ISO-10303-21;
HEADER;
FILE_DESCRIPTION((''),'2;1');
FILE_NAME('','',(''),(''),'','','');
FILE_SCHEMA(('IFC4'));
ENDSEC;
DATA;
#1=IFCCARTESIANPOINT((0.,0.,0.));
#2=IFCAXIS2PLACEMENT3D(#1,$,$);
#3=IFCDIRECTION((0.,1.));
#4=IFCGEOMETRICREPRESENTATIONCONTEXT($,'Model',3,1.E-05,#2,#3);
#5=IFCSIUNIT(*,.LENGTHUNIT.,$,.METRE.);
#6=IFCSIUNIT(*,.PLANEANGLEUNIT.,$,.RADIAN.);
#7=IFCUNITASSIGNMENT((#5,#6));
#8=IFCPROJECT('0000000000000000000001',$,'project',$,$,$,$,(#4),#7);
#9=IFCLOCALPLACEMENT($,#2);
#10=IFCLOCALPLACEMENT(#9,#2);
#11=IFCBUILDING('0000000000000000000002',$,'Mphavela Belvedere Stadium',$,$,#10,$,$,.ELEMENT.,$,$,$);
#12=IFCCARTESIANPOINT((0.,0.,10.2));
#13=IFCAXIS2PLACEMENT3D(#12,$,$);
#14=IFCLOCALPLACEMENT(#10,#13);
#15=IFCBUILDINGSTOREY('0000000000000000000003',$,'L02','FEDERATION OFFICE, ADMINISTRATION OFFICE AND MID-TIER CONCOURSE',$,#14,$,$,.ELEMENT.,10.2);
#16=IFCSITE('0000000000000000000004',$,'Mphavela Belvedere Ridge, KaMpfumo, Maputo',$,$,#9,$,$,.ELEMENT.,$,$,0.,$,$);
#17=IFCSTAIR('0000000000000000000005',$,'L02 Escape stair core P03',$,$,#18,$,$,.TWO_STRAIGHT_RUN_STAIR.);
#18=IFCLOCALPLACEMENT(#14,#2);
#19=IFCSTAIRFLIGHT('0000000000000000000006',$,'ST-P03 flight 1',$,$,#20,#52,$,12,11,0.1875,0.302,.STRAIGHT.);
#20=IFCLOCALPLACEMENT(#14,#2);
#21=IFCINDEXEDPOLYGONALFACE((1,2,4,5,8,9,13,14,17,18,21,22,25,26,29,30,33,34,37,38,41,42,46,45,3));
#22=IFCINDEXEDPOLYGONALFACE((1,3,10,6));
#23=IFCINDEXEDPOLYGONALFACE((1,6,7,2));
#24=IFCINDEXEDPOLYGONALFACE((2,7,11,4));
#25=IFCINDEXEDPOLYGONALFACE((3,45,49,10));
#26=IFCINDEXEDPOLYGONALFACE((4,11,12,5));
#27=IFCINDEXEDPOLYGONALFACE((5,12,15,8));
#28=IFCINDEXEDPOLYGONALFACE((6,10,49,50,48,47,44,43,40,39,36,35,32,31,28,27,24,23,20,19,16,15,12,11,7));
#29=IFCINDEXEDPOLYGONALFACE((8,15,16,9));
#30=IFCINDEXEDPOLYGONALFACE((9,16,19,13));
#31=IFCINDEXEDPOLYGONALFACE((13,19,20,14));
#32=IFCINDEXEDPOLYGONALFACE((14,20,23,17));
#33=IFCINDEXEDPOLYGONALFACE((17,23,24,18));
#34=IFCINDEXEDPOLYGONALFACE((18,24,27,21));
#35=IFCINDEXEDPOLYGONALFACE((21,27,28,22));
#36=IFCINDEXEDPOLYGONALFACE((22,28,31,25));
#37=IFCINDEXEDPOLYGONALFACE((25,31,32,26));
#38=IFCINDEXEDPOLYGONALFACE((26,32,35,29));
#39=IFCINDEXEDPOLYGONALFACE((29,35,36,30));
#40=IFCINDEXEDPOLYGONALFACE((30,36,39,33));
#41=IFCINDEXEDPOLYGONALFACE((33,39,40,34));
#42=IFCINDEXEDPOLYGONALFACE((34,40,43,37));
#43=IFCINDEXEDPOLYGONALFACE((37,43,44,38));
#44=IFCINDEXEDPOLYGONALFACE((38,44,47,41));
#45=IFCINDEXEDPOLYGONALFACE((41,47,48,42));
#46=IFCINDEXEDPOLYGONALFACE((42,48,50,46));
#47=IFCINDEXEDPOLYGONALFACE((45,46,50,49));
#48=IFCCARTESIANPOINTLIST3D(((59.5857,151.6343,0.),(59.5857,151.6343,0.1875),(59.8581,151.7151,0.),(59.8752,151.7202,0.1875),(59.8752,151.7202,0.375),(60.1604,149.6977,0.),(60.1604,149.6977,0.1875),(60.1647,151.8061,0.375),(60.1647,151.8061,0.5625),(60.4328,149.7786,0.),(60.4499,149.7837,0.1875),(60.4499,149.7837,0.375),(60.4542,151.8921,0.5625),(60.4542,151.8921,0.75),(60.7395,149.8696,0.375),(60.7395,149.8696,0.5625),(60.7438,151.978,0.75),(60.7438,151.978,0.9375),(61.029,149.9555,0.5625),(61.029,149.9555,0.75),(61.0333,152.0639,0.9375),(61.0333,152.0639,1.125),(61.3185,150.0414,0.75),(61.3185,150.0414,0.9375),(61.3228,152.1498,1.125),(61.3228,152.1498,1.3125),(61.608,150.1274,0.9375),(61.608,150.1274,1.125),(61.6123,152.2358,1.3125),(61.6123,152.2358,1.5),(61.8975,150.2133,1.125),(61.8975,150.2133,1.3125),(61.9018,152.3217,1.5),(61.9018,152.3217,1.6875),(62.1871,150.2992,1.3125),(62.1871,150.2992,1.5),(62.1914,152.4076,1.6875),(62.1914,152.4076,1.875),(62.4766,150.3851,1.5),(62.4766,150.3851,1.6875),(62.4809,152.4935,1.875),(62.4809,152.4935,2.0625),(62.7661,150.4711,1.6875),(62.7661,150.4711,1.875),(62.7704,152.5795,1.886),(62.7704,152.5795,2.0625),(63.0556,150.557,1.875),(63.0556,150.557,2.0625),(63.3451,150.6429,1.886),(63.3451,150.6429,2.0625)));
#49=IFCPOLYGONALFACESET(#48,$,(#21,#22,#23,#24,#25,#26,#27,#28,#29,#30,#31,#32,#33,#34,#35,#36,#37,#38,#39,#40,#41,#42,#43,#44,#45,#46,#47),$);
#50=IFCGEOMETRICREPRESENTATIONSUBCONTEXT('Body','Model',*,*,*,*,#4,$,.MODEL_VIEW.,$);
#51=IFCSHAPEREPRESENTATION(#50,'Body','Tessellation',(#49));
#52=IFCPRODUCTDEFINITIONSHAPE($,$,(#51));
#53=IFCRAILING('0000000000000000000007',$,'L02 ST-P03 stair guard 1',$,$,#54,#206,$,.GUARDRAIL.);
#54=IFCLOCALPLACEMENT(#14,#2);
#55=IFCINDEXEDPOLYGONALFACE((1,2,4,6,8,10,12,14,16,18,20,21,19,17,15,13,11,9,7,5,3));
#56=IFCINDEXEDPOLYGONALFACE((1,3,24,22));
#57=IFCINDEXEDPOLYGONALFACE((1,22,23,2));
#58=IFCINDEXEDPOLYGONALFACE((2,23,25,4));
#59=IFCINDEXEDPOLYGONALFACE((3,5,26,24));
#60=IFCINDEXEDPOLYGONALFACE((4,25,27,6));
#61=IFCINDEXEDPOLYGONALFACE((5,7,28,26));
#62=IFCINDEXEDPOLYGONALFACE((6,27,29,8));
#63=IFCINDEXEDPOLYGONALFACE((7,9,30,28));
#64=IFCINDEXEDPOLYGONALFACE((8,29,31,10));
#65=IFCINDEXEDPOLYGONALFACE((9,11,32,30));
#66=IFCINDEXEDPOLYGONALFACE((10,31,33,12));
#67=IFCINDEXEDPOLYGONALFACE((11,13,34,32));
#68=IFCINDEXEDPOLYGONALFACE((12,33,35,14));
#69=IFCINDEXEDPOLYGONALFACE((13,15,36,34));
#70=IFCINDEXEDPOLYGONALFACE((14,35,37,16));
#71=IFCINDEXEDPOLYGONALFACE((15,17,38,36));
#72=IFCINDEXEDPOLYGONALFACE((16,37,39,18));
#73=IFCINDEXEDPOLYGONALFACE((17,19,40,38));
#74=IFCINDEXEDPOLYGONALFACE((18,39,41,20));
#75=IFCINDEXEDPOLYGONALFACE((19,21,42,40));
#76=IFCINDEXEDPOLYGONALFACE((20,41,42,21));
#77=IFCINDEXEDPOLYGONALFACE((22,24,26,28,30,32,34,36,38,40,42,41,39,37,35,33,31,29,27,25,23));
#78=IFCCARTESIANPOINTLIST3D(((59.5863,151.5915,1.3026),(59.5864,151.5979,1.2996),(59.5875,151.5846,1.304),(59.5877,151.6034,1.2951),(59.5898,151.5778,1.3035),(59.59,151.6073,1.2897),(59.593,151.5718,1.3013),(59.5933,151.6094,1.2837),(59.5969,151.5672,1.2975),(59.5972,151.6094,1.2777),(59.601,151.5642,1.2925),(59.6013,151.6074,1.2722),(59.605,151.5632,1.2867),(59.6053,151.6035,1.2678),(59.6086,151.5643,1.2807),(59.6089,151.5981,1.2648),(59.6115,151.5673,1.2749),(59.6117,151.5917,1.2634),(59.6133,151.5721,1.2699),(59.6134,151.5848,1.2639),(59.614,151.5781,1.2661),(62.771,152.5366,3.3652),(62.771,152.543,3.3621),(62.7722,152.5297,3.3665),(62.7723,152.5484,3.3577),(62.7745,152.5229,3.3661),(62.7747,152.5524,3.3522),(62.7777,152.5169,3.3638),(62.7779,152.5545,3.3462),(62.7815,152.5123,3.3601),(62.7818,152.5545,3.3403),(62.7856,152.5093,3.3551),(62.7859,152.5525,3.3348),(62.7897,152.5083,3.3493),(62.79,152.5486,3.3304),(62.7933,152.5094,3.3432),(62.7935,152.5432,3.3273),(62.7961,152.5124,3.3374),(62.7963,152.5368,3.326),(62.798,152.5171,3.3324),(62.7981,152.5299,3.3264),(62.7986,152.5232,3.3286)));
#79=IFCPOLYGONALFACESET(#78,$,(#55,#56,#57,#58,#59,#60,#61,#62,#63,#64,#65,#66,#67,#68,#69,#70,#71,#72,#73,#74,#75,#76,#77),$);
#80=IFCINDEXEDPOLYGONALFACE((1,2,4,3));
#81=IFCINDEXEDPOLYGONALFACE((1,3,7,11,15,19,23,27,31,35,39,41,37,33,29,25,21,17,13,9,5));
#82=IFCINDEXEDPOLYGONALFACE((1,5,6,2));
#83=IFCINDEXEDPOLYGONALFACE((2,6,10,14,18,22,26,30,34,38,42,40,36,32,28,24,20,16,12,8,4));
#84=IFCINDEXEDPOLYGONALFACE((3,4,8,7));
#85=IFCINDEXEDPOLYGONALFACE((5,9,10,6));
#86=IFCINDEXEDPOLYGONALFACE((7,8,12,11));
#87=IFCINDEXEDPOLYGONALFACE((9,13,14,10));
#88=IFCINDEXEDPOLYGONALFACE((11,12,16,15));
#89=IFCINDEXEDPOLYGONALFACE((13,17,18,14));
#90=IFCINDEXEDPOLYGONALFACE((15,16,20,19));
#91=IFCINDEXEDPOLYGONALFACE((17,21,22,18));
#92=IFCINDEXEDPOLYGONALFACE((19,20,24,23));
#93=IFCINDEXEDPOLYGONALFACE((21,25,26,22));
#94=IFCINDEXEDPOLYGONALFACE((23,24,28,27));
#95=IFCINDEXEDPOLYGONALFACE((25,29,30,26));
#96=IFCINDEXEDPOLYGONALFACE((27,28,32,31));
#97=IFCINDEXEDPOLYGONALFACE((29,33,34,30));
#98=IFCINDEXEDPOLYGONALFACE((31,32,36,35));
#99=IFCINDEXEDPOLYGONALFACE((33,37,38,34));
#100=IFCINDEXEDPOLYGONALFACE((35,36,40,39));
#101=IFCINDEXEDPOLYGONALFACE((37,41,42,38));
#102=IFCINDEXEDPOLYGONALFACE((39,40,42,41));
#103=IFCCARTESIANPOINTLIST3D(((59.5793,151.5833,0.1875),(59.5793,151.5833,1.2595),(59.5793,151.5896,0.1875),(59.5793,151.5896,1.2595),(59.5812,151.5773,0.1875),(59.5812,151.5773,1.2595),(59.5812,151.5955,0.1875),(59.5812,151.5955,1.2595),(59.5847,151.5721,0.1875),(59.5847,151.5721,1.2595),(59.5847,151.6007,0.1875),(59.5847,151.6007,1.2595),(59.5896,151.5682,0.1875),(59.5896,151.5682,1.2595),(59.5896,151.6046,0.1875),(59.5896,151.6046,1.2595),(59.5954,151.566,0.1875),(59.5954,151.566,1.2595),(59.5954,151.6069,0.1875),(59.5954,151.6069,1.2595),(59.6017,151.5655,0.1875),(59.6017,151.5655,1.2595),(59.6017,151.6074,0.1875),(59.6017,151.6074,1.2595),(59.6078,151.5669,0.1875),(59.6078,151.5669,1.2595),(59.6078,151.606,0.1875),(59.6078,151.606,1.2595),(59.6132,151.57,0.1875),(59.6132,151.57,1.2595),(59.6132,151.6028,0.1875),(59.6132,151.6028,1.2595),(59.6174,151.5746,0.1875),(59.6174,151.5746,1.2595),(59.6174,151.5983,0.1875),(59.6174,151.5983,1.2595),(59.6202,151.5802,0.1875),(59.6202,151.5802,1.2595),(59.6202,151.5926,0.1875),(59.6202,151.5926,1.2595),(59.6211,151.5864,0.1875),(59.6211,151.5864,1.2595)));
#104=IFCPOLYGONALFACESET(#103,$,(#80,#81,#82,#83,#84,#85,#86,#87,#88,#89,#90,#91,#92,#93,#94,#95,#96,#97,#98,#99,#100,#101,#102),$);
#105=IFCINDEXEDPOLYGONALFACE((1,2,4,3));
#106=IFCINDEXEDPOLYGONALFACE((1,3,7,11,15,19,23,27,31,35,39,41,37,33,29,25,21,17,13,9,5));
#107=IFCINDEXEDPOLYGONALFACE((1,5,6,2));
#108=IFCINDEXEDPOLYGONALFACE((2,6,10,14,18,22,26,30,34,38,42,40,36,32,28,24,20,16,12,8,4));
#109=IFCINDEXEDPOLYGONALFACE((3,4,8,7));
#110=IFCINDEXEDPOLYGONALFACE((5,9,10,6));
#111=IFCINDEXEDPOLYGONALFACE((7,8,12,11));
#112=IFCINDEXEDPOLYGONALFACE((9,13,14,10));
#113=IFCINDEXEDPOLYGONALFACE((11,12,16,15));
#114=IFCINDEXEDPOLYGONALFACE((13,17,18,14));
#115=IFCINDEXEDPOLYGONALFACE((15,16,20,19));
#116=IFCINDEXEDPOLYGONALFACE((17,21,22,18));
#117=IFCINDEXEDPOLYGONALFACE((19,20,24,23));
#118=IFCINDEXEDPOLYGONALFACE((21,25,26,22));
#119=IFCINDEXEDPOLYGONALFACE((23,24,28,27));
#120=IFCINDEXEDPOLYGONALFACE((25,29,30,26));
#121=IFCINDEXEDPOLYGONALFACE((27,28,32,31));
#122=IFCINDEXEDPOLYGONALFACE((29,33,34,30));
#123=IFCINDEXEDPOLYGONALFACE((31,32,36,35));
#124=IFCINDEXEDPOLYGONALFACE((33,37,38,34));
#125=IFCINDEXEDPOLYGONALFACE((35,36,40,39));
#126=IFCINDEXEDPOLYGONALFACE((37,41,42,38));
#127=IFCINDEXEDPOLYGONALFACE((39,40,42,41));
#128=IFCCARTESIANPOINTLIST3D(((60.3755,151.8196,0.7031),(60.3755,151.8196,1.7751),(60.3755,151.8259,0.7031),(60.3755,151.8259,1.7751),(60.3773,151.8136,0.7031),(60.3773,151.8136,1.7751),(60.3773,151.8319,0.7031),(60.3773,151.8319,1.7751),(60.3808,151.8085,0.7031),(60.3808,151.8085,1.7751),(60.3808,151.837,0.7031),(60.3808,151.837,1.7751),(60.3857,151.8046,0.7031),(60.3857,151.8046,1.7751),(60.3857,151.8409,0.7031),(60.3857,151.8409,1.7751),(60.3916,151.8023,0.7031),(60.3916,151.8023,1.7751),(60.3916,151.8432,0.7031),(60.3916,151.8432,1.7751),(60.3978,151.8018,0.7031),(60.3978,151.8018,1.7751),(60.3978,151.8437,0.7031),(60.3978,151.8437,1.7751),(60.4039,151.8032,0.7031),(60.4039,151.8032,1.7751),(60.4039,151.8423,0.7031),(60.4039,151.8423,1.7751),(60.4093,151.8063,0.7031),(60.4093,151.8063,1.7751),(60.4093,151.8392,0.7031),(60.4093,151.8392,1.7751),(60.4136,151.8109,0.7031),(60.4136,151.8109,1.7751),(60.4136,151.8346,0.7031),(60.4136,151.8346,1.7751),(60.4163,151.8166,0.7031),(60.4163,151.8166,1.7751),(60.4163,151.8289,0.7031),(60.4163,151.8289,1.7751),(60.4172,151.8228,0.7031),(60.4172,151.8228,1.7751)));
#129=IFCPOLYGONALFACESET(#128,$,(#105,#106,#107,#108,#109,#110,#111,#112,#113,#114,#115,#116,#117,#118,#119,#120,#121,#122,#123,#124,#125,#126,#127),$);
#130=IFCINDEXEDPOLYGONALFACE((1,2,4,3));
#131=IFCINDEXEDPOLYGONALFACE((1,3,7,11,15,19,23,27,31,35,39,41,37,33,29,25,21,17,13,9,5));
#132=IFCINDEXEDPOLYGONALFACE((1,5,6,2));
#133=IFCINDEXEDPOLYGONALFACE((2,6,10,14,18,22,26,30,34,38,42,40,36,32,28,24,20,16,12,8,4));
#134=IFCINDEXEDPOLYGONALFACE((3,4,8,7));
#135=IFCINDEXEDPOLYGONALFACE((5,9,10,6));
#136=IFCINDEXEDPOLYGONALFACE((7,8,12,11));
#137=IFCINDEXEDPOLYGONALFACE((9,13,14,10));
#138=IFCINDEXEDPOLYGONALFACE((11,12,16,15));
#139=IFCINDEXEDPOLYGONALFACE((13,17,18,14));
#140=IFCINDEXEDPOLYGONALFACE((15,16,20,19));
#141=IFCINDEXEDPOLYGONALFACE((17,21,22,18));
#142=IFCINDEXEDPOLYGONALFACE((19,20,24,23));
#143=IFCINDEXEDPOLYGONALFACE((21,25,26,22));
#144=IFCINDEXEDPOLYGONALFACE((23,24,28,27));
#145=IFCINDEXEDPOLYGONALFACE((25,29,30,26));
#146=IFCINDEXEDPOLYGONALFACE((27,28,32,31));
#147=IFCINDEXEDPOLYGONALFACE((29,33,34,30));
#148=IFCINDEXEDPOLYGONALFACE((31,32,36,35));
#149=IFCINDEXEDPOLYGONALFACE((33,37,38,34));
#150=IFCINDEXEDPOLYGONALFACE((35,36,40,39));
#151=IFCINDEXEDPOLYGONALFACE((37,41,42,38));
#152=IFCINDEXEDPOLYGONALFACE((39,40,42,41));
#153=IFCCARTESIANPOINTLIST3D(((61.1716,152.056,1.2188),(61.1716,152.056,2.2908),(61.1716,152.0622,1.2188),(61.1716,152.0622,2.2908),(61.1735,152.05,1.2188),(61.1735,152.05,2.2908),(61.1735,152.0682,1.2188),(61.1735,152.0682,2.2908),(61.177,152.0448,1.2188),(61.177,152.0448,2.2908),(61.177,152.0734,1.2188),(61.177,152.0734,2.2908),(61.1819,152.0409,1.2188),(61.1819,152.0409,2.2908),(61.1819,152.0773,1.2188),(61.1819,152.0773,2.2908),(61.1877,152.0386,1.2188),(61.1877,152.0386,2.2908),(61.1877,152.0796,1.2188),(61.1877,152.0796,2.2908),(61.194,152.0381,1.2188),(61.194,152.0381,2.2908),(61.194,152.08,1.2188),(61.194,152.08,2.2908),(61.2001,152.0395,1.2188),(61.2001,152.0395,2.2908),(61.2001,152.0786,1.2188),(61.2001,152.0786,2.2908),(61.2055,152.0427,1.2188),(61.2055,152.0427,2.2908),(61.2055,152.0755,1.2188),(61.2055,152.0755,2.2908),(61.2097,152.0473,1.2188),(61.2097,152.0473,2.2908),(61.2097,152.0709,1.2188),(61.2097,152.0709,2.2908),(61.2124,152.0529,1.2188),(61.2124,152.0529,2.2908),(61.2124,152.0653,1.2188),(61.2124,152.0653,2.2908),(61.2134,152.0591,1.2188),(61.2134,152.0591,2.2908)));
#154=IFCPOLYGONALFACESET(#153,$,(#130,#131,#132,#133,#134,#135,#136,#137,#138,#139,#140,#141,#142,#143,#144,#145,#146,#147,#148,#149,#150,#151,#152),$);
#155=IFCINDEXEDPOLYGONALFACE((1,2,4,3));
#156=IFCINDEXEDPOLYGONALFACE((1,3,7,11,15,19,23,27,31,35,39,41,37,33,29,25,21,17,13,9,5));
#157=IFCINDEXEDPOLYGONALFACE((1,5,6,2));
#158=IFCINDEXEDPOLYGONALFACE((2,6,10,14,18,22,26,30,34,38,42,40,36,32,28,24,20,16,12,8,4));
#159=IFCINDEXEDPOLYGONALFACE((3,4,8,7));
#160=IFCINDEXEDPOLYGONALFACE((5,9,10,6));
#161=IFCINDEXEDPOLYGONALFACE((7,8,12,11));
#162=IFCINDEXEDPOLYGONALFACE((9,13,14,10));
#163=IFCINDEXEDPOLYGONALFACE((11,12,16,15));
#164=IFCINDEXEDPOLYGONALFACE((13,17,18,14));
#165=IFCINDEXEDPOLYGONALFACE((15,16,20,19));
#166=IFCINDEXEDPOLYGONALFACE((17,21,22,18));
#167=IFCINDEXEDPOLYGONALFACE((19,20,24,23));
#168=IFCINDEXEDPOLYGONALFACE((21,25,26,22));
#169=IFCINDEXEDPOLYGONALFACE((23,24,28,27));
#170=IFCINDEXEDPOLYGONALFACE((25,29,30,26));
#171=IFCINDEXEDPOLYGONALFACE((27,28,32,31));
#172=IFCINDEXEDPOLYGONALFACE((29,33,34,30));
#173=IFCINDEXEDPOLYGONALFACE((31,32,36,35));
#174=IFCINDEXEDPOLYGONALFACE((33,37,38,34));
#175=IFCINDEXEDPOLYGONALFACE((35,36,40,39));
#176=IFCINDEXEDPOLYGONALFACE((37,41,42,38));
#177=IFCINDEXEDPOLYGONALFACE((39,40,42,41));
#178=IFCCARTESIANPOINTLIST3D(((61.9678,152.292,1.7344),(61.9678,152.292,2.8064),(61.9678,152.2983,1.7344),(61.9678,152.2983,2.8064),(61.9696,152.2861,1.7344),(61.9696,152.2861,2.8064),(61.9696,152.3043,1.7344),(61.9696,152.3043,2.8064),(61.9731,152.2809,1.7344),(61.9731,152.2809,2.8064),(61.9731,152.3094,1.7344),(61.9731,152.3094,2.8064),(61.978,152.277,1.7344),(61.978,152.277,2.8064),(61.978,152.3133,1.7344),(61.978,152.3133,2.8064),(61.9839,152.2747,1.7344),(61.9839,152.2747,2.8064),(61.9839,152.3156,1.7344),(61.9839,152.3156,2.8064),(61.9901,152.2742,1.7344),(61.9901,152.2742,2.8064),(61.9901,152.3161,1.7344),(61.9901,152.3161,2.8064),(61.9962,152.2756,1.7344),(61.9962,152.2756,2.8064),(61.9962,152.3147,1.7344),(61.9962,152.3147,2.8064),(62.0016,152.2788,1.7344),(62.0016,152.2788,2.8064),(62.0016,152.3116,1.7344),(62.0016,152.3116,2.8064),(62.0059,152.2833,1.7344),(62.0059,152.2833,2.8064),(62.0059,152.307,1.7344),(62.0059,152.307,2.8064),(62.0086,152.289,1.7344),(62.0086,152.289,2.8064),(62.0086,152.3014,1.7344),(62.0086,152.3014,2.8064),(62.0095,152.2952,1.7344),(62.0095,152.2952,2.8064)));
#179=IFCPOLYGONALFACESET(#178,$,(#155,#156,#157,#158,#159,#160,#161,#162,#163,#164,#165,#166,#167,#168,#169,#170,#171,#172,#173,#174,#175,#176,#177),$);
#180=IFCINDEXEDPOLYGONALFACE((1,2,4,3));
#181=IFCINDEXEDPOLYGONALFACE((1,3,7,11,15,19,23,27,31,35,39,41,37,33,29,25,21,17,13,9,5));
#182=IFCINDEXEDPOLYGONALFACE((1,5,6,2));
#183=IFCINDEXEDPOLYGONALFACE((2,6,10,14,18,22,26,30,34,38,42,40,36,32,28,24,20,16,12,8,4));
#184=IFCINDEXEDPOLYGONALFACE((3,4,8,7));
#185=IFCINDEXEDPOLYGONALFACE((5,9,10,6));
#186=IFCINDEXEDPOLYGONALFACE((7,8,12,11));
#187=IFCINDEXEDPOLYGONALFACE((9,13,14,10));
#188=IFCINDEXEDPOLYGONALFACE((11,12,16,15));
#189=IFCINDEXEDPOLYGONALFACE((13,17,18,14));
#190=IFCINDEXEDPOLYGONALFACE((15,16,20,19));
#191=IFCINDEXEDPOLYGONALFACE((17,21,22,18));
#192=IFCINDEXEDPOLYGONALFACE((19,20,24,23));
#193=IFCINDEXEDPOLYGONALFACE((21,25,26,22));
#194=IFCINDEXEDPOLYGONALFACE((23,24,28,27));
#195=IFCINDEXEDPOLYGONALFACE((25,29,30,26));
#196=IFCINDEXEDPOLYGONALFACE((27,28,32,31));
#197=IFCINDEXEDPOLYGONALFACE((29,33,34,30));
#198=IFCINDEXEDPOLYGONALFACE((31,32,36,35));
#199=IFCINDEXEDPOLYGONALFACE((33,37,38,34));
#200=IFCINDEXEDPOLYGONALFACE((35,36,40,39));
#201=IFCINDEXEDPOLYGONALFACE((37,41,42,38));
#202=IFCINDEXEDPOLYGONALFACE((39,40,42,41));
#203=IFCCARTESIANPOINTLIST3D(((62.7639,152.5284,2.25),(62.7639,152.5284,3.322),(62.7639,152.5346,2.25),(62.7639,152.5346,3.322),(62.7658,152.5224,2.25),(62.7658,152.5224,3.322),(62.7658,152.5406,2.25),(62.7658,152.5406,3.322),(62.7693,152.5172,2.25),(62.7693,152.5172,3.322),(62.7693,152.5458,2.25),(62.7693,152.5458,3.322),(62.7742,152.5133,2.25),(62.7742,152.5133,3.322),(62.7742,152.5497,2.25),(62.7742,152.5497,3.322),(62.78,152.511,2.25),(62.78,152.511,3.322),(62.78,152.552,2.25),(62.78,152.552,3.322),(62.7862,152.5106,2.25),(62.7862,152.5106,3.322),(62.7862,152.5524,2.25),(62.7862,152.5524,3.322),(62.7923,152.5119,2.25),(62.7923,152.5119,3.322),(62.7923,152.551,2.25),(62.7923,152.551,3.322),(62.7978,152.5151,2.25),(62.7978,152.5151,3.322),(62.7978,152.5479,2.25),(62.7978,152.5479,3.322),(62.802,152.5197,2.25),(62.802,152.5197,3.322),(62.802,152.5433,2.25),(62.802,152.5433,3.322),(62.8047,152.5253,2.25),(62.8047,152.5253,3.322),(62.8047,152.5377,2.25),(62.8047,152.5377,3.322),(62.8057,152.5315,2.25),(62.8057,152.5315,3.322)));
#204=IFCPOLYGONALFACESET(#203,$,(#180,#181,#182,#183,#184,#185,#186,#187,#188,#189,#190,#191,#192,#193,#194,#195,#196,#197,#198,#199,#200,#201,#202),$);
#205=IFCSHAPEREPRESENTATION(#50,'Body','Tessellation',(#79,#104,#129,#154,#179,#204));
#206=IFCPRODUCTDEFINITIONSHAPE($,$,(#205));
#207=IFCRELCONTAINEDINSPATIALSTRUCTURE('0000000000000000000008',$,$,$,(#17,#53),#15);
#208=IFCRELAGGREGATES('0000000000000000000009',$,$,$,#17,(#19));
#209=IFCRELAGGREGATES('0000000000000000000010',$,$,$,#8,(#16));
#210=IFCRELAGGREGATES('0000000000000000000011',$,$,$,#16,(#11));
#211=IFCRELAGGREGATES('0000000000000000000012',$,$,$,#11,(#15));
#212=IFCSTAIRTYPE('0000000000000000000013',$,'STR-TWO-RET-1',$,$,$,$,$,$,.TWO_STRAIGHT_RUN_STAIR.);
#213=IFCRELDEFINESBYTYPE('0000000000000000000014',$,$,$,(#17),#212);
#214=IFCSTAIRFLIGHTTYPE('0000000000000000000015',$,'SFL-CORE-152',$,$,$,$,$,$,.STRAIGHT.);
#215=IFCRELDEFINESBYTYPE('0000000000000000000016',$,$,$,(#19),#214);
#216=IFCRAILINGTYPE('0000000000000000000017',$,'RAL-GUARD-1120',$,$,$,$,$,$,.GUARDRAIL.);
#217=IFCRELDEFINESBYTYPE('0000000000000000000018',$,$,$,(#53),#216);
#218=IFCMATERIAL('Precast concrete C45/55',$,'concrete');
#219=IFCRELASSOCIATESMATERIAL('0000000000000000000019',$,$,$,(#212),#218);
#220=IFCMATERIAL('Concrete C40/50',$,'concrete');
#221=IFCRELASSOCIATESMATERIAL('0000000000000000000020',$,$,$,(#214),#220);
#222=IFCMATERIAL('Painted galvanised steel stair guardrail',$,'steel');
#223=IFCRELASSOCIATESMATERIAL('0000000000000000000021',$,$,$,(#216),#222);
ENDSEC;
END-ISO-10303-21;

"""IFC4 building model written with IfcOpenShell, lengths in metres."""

from ifc_helpers import new_model, si_unit, direction, frame, origin, origin_2d, place, context, subcontext, project, spatial, polyline, circle, outline, extrude, material, type_object, element, aggregate, save


model = new_model("IFC4")

# Units and contexts
model_context = context("Model", 3, precision=1e-05, world=origin(), true_north=direction((0.0, 1.0)))
body_context = subcontext(model_context, "Body", "Model", "MODEL_VIEW")
ifc_project = project(units=[si_unit("LENGTHUNIT", "METRE"), si_unit("PLANEANGLEUNIT", "RADIAN")], contexts=[model_context])

# Site, building, storey
site_placement = place(None, origin())
site = spatial("IfcSite", under=ifc_project, at=site_placement, Name="Mphavela Belvedere Ridge, KaMpfumo, Maputo", CompositionType="ELEMENT", RefElevation=0.0)
building_placement = place(site_placement, origin())
building = spatial("IfcBuilding", under=site, at=building_placement, Name="Mphavela Belvedere Stadium", CompositionType="ELEMENT")
storey_placement = place(building_placement, frame((0.0, 0.0, 10.2)))
storey = spatial("IfcBuildingStorey", under=building, at=storey_placement, Name="L02", Description="FEDERATION OFFICE, ADMINISTRATION OFFICE AND MID-TIER CONCOURSE", CompositionType="ELEMENT", Elevation=10.2)

# Stair, stair flight
ifc_material_1 = material(Name="Precast concrete C45/55", Category="concrete")
stair_type = type_object("IfcStairType", Name="STR-TWO-RET-1", PredefinedType="TWO_STRAIGHT_RUN_STAIR", material=ifc_material_1)
stair_placement = place(storey_placement, origin())
stair = element("IfcStair", 1, at=stair_placement, inside=storey, type_object=stair_type, Name="L02 Escape stair core P03", PredefinedType="TWO_STRAIGHT_RUN_STAIR")
ifc_material_2 = material(Name="Concrete C40/50", Category="concrete")
stair_flight_type = type_object("IfcStairFlightType", Name="SFL-CORE-152", PredefinedType="STRAIGHT", material=ifc_material_2)
stair_flight_placement = place(storey_placement, frame((59.873, 150.666, 0.0), z_axis=(0.0, 0.0, 1.0), x_axis=(0.958671, 0.284517, 0.0)))
stair_flight = element("IfcStairFlight", 2, at=stair_flight_placement, type_object=stair_flight_type, Name="ST-P03 flight 1", NumberOfRisers=12, NumberOfTreads=11, PredefinedType="STRAIGHT", RiserHeight=0.1875, TreadLength=0.302, context=body_context, shape_type="SweptSolid", body=[
    extrude(outline(polyline([(0.0, 0.0), (0.0, 0.1875), (0.302, 0.1875), (0.302, 0.375), (0.604, 0.375), (0.604, 0.5625), (0.906, 0.5625), (0.906, 0.75), (1.208, 0.75), (1.208, 0.9375), (1.51, 0.9375), (1.51, 1.125), (1.812, 1.125), (1.812, 1.3125), (2.114, 1.3125), (2.114, 1.5), (2.416, 1.5), (2.416, 1.6875), (2.718, 1.6875), (2.718, 1.875), (3.02, 1.875), (3.02, 2.0625), (3.322, 2.0625), (3.322, 2.25), (3.322, 1.886), (0.2842, 0.0), (0.0, 0.0)])), frame((0.0, 1.01, 0.0), z_axis=(0.0, -1.0, 0.0), x_axis=(1.0, 0.0, 0.0)), (0.0, 0.0, 1.0), 2.02),
])
aggregate(stair, [stair_flight])

# Railing
ifc_material_3 = material(Name="Painted galvanised steel stair guardrail", Category="steel")
railing_type_1 = type_object("IfcRailingType", Name="RAL-GUARD-1120", PredefinedType="GUARDRAIL", material=ifc_material_3)
railing_1_placement = place(storey_placement, frame((59.6001, 151.5864, 0.1875)))
element("IfcRailing", 3, at=railing_1_placement, inside=storey, type_object=railing_type_1, Name="L02 ST-P03 stair guard 1", PredefinedType="GUARDRAIL", context=body_context, shape_type="SweptSolid", body=[
    extrude(circle(Radius=0.0239, at=origin_2d()), frame((0.0, 0.0, 1.0962), z_axis=(0.814456, 0.241702, 0.527486), x_axis=(-0.284501, 0.958676, 0.0)), (0.0, 0.0, 1.0), 3.9102),
    extrude(circle(Radius=0.021, at=origin_2d()), origin(), (0.0, 0.0, 1.0), 1.072),
    extrude(circle(Radius=0.021, at=origin_2d()), frame((0.7961, 0.2363, 0.5156)), (0.0, 0.0, 1.0), 1.072),
    extrude(circle(Radius=0.021, at=origin_2d()), frame((1.5923, 0.4727, 1.0312)), (0.0, 0.0, 1.0), 1.072),
    extrude(circle(Radius=0.021, at=origin_2d()), frame((2.3884, 0.7087, 1.5469)), (0.0, 0.0, 1.0), 1.072),
    extrude(circle(Radius=0.021, at=origin_2d()), frame((3.1846, 0.9451, 2.0625)), (0.0, 0.0, 1.0), 1.072),
])

save(model, "model.ifc")
